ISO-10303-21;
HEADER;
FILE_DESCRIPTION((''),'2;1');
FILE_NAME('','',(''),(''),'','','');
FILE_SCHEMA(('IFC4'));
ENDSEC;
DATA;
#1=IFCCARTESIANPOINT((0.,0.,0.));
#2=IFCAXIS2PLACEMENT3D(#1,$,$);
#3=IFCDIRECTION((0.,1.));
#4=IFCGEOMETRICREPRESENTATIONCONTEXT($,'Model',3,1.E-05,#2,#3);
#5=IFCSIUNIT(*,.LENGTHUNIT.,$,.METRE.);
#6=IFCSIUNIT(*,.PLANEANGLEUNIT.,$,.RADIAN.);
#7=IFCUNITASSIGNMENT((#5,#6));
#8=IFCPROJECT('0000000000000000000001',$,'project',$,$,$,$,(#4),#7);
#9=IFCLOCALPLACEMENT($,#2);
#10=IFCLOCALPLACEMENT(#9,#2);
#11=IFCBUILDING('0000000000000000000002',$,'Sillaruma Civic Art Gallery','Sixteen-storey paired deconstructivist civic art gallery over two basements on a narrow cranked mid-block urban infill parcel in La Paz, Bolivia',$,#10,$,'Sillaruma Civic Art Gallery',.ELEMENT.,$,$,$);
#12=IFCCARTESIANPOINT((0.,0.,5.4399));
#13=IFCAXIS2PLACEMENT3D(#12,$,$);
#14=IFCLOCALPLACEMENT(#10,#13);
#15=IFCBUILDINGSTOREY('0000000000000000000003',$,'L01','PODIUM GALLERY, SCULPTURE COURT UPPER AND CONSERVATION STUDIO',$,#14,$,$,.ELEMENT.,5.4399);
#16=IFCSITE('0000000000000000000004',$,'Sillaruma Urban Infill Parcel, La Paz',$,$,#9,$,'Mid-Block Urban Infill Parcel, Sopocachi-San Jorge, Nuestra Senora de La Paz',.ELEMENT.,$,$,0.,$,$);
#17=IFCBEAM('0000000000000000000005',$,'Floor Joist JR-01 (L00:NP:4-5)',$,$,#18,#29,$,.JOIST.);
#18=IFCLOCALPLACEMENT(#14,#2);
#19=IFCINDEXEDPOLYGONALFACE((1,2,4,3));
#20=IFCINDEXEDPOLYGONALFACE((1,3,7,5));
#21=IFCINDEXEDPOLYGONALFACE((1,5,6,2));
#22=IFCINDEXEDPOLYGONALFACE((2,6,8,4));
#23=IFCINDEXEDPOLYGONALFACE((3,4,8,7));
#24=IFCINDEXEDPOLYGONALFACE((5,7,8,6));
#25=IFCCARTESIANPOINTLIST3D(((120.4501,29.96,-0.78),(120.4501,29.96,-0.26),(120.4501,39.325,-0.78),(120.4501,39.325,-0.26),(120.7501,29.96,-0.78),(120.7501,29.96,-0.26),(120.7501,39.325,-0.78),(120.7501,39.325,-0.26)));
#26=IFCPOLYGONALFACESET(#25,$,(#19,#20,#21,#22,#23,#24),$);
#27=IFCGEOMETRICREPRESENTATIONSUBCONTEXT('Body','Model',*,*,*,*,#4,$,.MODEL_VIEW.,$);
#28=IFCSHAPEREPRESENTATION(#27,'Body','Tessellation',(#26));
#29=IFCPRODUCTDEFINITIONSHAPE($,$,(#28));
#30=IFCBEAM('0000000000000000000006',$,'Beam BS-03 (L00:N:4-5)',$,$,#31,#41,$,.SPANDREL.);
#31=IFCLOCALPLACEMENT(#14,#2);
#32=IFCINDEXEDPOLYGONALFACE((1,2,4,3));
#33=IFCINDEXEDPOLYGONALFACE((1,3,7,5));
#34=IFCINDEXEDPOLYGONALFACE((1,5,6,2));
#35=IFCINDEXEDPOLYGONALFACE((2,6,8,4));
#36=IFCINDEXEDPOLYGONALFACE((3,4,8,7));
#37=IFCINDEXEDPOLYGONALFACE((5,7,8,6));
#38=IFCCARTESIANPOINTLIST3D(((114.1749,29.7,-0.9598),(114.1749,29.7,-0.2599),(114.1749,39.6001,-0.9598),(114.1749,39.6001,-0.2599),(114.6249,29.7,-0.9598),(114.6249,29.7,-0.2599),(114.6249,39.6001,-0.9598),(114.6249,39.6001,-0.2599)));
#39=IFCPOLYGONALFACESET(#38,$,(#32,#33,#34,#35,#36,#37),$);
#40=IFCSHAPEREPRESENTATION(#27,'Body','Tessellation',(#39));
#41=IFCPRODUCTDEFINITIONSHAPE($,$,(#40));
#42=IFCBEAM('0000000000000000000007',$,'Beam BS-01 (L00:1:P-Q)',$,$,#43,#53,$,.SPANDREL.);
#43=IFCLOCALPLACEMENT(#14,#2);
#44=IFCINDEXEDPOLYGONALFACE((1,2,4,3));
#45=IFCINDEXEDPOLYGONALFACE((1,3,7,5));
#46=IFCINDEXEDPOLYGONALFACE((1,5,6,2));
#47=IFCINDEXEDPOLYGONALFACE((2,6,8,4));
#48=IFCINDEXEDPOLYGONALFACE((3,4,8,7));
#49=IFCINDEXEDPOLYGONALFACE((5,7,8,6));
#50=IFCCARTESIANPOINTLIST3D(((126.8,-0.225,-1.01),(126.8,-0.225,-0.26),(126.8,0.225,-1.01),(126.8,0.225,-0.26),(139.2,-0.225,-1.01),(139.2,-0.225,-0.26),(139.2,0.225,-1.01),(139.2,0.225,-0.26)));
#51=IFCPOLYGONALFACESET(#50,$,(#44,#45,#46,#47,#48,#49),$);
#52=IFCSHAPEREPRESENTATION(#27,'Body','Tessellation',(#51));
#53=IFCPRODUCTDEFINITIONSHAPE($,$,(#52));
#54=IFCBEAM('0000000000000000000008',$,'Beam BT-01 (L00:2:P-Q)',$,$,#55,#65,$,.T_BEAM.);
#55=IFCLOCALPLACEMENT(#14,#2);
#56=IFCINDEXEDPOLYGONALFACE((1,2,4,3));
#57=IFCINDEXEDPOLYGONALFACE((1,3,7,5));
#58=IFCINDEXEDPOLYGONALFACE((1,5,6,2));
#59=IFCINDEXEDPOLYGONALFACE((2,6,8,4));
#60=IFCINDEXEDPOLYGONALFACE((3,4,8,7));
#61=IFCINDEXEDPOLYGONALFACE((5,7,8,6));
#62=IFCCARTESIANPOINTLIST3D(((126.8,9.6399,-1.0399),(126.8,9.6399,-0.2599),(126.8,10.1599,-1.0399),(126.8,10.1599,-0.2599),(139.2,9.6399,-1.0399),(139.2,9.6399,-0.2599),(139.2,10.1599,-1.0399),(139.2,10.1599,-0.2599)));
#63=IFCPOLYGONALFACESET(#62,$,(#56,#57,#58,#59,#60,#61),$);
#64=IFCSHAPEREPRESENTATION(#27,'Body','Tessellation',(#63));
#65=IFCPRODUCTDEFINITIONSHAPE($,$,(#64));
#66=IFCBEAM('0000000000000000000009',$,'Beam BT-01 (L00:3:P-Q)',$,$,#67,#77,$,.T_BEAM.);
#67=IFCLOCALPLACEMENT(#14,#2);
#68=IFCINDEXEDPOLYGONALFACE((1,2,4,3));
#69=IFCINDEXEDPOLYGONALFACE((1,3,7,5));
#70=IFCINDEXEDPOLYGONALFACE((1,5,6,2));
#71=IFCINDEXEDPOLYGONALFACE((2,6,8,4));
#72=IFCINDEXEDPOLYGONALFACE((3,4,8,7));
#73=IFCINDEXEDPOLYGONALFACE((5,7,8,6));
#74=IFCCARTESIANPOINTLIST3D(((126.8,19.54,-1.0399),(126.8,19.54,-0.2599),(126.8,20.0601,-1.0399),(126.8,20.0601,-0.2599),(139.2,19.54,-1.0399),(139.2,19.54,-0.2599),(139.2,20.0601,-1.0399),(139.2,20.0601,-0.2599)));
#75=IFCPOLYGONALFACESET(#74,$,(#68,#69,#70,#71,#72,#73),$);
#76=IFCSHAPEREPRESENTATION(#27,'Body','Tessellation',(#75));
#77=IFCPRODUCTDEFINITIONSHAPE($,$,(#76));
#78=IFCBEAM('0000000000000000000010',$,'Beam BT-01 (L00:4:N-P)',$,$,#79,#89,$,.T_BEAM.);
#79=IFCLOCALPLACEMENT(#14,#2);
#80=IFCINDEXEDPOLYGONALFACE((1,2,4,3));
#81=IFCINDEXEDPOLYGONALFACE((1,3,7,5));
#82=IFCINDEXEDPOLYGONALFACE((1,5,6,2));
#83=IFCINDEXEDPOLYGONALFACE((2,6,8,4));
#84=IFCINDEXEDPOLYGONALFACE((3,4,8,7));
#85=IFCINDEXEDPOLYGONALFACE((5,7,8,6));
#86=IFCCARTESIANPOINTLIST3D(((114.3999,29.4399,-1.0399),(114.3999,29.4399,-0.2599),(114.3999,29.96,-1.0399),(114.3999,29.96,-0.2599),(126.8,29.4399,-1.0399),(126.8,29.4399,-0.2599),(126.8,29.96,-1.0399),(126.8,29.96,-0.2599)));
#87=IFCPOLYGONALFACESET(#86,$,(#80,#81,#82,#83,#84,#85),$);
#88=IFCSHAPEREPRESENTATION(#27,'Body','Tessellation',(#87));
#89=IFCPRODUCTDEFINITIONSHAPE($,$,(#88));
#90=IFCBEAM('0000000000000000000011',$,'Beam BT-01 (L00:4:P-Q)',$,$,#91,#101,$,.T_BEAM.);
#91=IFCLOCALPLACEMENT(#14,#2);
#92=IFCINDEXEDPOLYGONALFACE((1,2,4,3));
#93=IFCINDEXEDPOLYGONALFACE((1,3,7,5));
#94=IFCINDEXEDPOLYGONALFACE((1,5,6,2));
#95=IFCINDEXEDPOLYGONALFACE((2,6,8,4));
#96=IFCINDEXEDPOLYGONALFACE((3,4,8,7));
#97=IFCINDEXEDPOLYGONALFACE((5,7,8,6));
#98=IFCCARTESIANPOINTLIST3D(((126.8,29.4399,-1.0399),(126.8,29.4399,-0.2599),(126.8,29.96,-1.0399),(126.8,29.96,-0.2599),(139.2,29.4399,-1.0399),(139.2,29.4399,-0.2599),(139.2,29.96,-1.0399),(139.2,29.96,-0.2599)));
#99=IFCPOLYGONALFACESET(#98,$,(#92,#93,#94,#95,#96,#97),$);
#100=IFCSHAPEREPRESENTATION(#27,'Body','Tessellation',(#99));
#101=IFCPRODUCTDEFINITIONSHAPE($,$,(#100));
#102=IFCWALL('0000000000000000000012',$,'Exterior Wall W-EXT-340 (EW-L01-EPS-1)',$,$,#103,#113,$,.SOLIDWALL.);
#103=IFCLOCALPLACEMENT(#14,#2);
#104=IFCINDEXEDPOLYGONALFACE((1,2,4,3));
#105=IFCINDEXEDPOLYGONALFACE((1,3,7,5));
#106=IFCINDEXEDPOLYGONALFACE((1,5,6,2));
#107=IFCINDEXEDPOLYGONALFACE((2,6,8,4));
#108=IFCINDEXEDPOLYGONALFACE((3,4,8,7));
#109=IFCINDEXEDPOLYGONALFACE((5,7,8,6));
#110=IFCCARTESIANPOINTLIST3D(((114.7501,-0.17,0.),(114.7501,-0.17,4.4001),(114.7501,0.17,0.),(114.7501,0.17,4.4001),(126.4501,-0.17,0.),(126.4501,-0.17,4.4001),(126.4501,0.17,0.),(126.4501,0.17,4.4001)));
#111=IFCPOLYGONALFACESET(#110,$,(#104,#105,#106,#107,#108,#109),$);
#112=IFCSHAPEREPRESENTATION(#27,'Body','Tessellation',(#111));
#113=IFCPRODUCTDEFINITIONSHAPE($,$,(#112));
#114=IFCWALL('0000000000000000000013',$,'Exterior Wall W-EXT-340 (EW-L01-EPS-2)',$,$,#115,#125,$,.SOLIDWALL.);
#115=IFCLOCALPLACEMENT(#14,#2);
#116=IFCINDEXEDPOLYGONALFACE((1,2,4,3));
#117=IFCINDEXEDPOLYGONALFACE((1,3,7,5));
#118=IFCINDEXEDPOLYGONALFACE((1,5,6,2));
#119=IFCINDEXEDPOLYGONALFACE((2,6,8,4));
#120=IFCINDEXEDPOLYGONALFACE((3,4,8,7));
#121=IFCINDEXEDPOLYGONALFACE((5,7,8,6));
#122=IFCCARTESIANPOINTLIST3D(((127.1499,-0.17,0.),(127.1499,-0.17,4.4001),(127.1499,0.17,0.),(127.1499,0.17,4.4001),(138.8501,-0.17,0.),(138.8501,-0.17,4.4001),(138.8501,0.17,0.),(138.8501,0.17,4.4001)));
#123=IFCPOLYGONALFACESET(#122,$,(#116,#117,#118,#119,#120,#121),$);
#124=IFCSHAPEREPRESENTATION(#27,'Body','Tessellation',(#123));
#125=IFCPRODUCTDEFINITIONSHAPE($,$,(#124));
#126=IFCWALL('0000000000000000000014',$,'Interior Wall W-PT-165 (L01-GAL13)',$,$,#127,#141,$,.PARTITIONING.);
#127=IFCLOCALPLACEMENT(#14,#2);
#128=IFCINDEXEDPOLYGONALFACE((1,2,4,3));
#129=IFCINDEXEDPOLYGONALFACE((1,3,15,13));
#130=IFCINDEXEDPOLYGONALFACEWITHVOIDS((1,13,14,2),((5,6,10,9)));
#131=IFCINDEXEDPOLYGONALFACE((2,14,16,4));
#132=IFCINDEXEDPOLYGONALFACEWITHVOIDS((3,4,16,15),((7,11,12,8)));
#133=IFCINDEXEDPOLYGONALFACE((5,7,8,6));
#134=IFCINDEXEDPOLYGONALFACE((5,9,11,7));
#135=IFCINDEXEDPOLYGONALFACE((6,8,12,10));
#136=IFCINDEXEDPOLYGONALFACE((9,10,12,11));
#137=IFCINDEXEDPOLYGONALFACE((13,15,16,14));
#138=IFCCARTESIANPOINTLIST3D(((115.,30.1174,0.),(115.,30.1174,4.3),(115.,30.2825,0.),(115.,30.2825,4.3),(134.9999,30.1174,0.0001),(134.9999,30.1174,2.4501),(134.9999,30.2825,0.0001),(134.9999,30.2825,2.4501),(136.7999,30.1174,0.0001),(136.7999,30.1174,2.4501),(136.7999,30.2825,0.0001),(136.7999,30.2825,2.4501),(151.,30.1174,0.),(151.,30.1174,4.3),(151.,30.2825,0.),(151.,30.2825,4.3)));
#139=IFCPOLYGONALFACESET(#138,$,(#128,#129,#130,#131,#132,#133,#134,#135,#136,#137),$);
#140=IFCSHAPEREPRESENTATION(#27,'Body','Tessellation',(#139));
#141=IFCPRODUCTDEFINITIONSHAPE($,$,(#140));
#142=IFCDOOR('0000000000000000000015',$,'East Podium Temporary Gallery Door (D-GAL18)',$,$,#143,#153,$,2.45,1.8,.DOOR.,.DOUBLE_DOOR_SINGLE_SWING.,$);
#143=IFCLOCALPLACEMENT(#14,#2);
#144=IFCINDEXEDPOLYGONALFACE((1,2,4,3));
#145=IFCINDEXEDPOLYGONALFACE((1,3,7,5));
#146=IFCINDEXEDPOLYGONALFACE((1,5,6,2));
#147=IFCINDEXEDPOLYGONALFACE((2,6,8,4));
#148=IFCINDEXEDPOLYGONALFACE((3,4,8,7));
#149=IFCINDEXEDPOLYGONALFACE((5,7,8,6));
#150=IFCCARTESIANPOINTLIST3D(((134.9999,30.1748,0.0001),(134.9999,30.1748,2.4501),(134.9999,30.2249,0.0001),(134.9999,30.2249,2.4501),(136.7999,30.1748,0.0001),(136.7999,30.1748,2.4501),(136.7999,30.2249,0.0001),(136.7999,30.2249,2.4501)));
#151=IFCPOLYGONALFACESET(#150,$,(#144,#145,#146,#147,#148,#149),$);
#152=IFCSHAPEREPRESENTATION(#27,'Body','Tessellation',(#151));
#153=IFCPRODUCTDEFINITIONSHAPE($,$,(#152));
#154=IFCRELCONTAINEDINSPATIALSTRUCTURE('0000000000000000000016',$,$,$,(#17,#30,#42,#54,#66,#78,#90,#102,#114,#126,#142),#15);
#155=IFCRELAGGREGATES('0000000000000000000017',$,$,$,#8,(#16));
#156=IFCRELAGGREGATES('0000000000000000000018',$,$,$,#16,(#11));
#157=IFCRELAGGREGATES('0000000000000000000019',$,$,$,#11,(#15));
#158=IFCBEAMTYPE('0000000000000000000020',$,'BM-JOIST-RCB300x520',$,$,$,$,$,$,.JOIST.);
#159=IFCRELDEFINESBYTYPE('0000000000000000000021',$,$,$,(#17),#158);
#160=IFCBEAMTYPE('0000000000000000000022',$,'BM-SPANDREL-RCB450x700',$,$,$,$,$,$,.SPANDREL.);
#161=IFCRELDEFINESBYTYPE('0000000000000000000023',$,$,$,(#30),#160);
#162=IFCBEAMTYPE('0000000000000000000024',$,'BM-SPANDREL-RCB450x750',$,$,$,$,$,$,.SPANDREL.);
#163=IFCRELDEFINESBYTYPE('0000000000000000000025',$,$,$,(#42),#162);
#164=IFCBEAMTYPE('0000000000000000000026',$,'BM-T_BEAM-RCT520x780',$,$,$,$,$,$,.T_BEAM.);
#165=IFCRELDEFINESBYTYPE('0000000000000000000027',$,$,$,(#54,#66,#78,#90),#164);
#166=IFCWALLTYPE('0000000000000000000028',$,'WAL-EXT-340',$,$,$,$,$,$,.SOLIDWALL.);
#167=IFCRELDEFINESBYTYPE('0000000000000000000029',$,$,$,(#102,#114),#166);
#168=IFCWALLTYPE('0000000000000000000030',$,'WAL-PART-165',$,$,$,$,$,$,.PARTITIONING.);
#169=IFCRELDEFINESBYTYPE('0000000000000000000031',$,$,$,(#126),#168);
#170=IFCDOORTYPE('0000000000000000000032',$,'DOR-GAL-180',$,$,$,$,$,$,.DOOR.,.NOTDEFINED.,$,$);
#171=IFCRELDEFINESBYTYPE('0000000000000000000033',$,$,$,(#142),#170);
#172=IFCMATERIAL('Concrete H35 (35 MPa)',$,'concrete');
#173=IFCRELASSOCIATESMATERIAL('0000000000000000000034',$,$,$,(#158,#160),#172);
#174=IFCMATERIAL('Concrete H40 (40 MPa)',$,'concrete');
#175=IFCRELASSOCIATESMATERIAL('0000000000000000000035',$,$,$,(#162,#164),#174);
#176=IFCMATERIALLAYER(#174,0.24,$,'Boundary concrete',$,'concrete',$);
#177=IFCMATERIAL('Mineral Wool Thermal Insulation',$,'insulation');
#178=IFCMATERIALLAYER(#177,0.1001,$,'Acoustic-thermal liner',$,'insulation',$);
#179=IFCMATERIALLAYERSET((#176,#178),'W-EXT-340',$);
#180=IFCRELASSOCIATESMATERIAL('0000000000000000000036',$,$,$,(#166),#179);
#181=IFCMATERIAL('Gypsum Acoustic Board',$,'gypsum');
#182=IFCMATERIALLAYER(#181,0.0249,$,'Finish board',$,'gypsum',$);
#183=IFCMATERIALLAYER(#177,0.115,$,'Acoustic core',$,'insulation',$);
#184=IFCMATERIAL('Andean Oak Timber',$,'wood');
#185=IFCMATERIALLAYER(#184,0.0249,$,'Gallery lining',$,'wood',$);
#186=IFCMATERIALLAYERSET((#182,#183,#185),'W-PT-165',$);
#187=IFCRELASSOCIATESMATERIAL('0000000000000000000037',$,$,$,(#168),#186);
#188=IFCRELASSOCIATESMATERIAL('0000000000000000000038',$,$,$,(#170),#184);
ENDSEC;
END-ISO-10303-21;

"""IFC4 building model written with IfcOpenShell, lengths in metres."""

from ifc_helpers import new_model, si_unit, direction, frame, frame_2d, origin, origin_2d, place, context, subcontext, project, spatial, rectangle, extrude, material, layer, layer_set, material_profile, profile_set, type_object, element, fill, save


model = new_model("IFC4")

# Units and contexts
model_context = context("Model", 3, precision=1e-05, world=origin(), true_north=direction((0.0, 1.0)))
body_context = subcontext(model_context, "Body", "Model", "MODEL_VIEW")
ifc_project = project(units=[si_unit("LENGTHUNIT", "METRE"), si_unit("PLANEANGLEUNIT", "RADIAN")], contexts=[model_context])

# Site, building, storey
site_placement = place(None, origin())
site = spatial("IfcSite", under=ifc_project, at=site_placement, Name="Sillaruma Urban Infill Parcel, La Paz", LongName="Mid-Block Urban Infill Parcel, Sopocachi-San Jorge, Nuestra Senora de La Paz", CompositionType="ELEMENT", RefElevation=0.0)
building_placement = place(site_placement, origin())
building = spatial("IfcBuilding", under=site, at=building_placement, Name="Sillaruma Civic Art Gallery", Description="Sixteen-storey paired deconstructivist civic art gallery over two basements on a narrow cranked mid-block urban infill parcel in La Paz, Bolivia", LongName="Sillaruma Civic Art Gallery", CompositionType="ELEMENT")
storey_placement = place(building_placement, frame((0.0, 0.0, 5.4399)))
storey = spatial("IfcBuildingStorey", under=building, at=storey_placement, Name="L01", Description="PODIUM GALLERY, SCULPTURE COURT UPPER AND CONSERVATION STUDIO", CompositionType="ELEMENT", Elevation=5.4399)

# Shared definitions
ifc_material_1 = material(Name="Concrete H40 (40 MPa)", Category="concrete")

# Beams
ifc_material_2 = material(Name="Concrete H35 (35 MPa)", Category="concrete")
ifc_material_profile_1 = material_profile(ifc_material_2, rectangle(XDim=0.3, YDim=0.52, at=origin_2d()), Name="RCB300x520")
ifc_profile_set_1 = profile_set([ifc_material_profile_1], Name="Concrete H35 (35 MPa)")
beam_type_1 = type_object("IfcBeamType", Name="BM-JOIST-RCB300x520", PredefinedType="JOIST", material=ifc_profile_set_1)
beam_1_placement = place(storey_placement, frame((120.6001, 29.96, -0.52), z_axis=(0.0, 1.0, 0.0), x_axis=(-1.0, 0.0, 0.0)))
element("IfcBeam", 1, at=beam_1_placement, inside=storey, type_object=beam_type_1, Name="Floor Joist JR-01 (L00:NP:4-5)", PredefinedType="JOIST", context=body_context, shape_type="SweptSolid", body=[
    extrude(rectangle(XDim=0.3, YDim=0.52, at=origin_2d()), origin(), (0.0, 0.0, 1.0), 9.365),
])
ifc_material_profile_2 = material_profile(ifc_material_2, rectangle(XDim=0.45, YDim=0.7, at=origin_2d()), Name="RCB450x700")
ifc_profile_set_2 = profile_set([ifc_material_profile_2], Name="Concrete H35 (35 MPa)")
beam_type_2 = type_object("IfcBeamType", Name="BM-SPANDREL-RCB450x700", PredefinedType="SPANDREL", material=ifc_profile_set_2)
beam_2_placement = place(storey_placement, frame((114.3999, 29.7, -0.6099), z_axis=(0.0, 1.0, 0.0), x_axis=(-1.0, 0.0, 0.0)))
element("IfcBeam", 2, at=beam_2_placement, inside=storey, type_object=beam_type_2, Name="Beam BS-03 (L00:N:4-5)", PredefinedType="SPANDREL", context=body_context, shape_type="SweptSolid", body=[
    extrude(rectangle(XDim=0.45, YDim=0.7, at=origin_2d()), origin(), (0.0, 0.0, 1.0), 9.9001),
])
ifc_material_profile_3 = material_profile(ifc_material_1, rectangle(XDim=0.45, YDim=0.75, at=origin_2d()), Name="RCB450x750")
ifc_profile_set_3 = profile_set([ifc_material_profile_3], Name="Concrete H40 (40 MPa)")
beam_type_3 = type_object("IfcBeamType", Name="BM-SPANDREL-RCB450x750", PredefinedType="SPANDREL", material=ifc_profile_set_3)
beam_3_placement = place(storey_placement, frame((126.8, 0.0, -0.635), z_axis=(1.0, 0.0, 0.0), x_axis=(0.0, 1.0, 0.0)))
element("IfcBeam", 3, at=beam_3_placement, inside=storey, type_object=beam_type_3, Name="Beam BS-01 (L00:1:P-Q)", PredefinedType="SPANDREL", context=body_context, shape_type="SweptSolid", body=[
    extrude(rectangle(XDim=0.45, YDim=0.75, at=origin_2d()), origin(), (0.0, 0.0, 1.0), 12.3999),
])
ifc_material_profile_4 = material_profile(ifc_material_1, rectangle(XDim=0.52, YDim=0.78, at=origin_2d()), Name="RCT520x780")
ifc_profile_set_4 = profile_set([ifc_material_profile_4], Name="Concrete H40 (40 MPa)")
beam_type_4 = type_object("IfcBeamType", Name="BM-T_BEAM-RCT520x780", PredefinedType="T_BEAM", material=ifc_profile_set_4)
for number, where, z_axis, x_axis, name in (
    (4, (126.8, 9.8999, -0.6499), (1.0, 0.0, 0.0), (0.0, 1.0, 0.0), "Beam BT-01 (L00:2:P-Q)"),
    (5, (126.8, 19.8, -0.6499), (1.0, 0.0, 0.0), (0.0, 1.0, 0.0), "Beam BT-01 (L00:3:P-Q)"),
):
    element("IfcBeam", number, at=place(storey_placement, frame(where, z_axis=z_axis, x_axis=x_axis)), inside=storey, type_object=beam_type_4, Name=name, PredefinedType="T_BEAM", context=body_context, shape_type="SweptSolid", body=[
        extrude(rectangle(XDim=0.52, YDim=0.78, at=origin_2d()), origin(), (0.0, 0.0, 1.0), 12.3999),
    ])
beam_4_placement = place(storey_placement, frame((114.3999, 29.7, -0.6499), z_axis=(1.0, 0.0, 0.0), x_axis=(0.0, 1.0, 0.0)))
element("IfcBeam", 6, at=beam_4_placement, inside=storey, type_object=beam_type_4, Name="Beam BT-01 (L00:4:N-P)", PredefinedType="T_BEAM", context=body_context, shape_type="SweptSolid", body=[
    extrude(rectangle(XDim=0.52, YDim=0.78, at=origin_2d()), origin(), (0.0, 0.0, 1.0), 12.4001),
])
beam_5_placement = place(storey_placement, frame((126.8, 29.7, -0.6499), z_axis=(1.0, 0.0, 0.0), x_axis=(0.0, 1.0, 0.0)))
element("IfcBeam", 7, at=beam_5_placement, inside=storey, type_object=beam_type_4, Name="Beam BT-01 (L00:4:P-Q)", PredefinedType="T_BEAM", context=body_context, shape_type="SweptSolid", body=[
    extrude(rectangle(XDim=0.52, YDim=0.78, at=origin_2d()), origin(), (0.0, 0.0, 1.0), 12.3999),
])

# Walls
ifc_layer_1 = layer(ifc_material_1, 0.24, Name="Boundary concrete", Category="concrete")
ifc_material_3 = material(Name="Mineral Wool Thermal Insulation", Category="insulation")
ifc_layer_2 = layer(ifc_material_3, 0.1001, Name="Acoustic-thermal liner", Category="insulation")
ifc_layer_set_1 = layer_set([ifc_layer_1, ifc_layer_2], Name="W-EXT-340")
wall_type_1 = type_object("IfcWallType", Name="WAL-EXT-340", PredefinedType="SOLIDWALL", material=ifc_layer_set_1)
wall_1_placement = place(storey_placement, frame((114.75, 0.0, 0.0), z_axis=(0.0, 0.0, 1.0), x_axis=(1.0, 0.0, 0.0)))
element("IfcWall", 8, at=wall_1_placement, inside=storey, type_object=wall_type_1, Name="Exterior Wall W-EXT-340 (EW-L01-EPS-1)", PredefinedType="SOLIDWALL", context=body_context, shape_type="SweptSolid", body=[
    extrude(rectangle(XDim=11.7, YDim=0.3401, at=frame_2d((5.8501, 0.0))), origin(), (0.0, 0.0, 1.0), 4.4001),
])
wall_2_placement = place(storey_placement, frame((127.1499, 0.0, 0.0), z_axis=(0.0, 0.0, 1.0), x_axis=(1.0, 0.0, 0.0)))
element("IfcWall", 9, at=wall_2_placement, inside=storey, type_object=wall_type_1, Name="Exterior Wall W-EXT-340 (EW-L01-EPS-2)", PredefinedType="SOLIDWALL", context=body_context, shape_type="SweptSolid", body=[
    extrude(rectangle(XDim=11.7002, YDim=0.3401, at=frame_2d((5.8501, 0.0))), origin(), (0.0, 0.0, 1.0), 4.4001),
])

# Wall, opening, door
ifc_material_4 = material(Name="Gypsum Acoustic Board", Category="gypsum")
ifc_layer_3 = layer(ifc_material_4, 0.0249, Name="Finish board", Category="gypsum")
ifc_layer_4 = layer(ifc_material_3, 0.115, Name="Acoustic core", Category="insulation")
ifc_material_5 = material(Name="Andean Oak Timber", Category="wood")
ifc_layer_5 = layer(ifc_material_5, 0.0249, Name="Gallery lining", Category="wood")
ifc_layer_set_2 = layer_set([ifc_layer_3, ifc_layer_4, ifc_layer_5], Name="W-PT-165")
wall_type_2 = type_object("IfcWallType", Name="WAL-PART-165", PredefinedType="PARTITIONING", material=ifc_layer_set_2)
wall_3_placement = place(storey_placement, frame((115.0, 30.2, 0.0), z_axis=(0.0, 0.0, 1.0), x_axis=(1.0, 0.0, 0.0)))
wall_3 = element("IfcWall", 10, at=wall_3_placement, inside=storey, type_object=wall_type_2, Name="Interior Wall W-PT-165 (L01-GAL13)", PredefinedType="PARTITIONING", context=body_context, shape_type="SweptSolid", body=[
    extrude(rectangle(XDim=36.0, YDim=0.165, at=frame_2d((18.0, 0.0))), origin(), (0.0, 0.0, 1.0), 4.3),
])
opening_placement = place(wall_3_placement, frame((20.0, 0.0, 0.0)))
opening = element("IfcOpeningElement", 11, at=opening_placement, cuts=wall_3, PredefinedType="OPENING", context=body_context, shape_type="SweptSolid", body=[
    extrude(rectangle(XDim=1.8, YDim=2.45, at=frame_2d((0.8999, 1.2251))), frame((0.0, 0.0925, 0.0), z_axis=(0.0, -1.0, 0.0), x_axis=(1.0, 0.0, 0.0)), (0.0, 0.0, 1.0), 0.1851),
])
door_type = type_object("IfcDoorType", Name="DOR-GAL-180", OperationType="NOTDEFINED", PredefinedType="DOOR", material=ifc_material_5)
door_placement = place(opening_placement, origin())
door = element("IfcDoor", 12, at=door_placement, inside=storey, type_object=door_type, Name="East Podium Temporary Gallery Door (D-GAL18)", OperationType="DOUBLE_DOOR_SINGLE_SWING", OverallHeight=2.45, OverallWidth=1.8, PredefinedType="DOOR", context=body_context, shape_type="SweptSolid", body=[
    extrude(rectangle(XDim=1.8, YDim=2.45, at=frame_2d((0.8999, 1.2251))), frame((0.0, 0.0249, 0.0), z_axis=(0.0, -1.0, 0.0), x_axis=(1.0, 0.0, 0.0)), (0.0, 0.0, 1.0), 0.05),
])
fill(opening, door)

save(model, "model.ifc")
